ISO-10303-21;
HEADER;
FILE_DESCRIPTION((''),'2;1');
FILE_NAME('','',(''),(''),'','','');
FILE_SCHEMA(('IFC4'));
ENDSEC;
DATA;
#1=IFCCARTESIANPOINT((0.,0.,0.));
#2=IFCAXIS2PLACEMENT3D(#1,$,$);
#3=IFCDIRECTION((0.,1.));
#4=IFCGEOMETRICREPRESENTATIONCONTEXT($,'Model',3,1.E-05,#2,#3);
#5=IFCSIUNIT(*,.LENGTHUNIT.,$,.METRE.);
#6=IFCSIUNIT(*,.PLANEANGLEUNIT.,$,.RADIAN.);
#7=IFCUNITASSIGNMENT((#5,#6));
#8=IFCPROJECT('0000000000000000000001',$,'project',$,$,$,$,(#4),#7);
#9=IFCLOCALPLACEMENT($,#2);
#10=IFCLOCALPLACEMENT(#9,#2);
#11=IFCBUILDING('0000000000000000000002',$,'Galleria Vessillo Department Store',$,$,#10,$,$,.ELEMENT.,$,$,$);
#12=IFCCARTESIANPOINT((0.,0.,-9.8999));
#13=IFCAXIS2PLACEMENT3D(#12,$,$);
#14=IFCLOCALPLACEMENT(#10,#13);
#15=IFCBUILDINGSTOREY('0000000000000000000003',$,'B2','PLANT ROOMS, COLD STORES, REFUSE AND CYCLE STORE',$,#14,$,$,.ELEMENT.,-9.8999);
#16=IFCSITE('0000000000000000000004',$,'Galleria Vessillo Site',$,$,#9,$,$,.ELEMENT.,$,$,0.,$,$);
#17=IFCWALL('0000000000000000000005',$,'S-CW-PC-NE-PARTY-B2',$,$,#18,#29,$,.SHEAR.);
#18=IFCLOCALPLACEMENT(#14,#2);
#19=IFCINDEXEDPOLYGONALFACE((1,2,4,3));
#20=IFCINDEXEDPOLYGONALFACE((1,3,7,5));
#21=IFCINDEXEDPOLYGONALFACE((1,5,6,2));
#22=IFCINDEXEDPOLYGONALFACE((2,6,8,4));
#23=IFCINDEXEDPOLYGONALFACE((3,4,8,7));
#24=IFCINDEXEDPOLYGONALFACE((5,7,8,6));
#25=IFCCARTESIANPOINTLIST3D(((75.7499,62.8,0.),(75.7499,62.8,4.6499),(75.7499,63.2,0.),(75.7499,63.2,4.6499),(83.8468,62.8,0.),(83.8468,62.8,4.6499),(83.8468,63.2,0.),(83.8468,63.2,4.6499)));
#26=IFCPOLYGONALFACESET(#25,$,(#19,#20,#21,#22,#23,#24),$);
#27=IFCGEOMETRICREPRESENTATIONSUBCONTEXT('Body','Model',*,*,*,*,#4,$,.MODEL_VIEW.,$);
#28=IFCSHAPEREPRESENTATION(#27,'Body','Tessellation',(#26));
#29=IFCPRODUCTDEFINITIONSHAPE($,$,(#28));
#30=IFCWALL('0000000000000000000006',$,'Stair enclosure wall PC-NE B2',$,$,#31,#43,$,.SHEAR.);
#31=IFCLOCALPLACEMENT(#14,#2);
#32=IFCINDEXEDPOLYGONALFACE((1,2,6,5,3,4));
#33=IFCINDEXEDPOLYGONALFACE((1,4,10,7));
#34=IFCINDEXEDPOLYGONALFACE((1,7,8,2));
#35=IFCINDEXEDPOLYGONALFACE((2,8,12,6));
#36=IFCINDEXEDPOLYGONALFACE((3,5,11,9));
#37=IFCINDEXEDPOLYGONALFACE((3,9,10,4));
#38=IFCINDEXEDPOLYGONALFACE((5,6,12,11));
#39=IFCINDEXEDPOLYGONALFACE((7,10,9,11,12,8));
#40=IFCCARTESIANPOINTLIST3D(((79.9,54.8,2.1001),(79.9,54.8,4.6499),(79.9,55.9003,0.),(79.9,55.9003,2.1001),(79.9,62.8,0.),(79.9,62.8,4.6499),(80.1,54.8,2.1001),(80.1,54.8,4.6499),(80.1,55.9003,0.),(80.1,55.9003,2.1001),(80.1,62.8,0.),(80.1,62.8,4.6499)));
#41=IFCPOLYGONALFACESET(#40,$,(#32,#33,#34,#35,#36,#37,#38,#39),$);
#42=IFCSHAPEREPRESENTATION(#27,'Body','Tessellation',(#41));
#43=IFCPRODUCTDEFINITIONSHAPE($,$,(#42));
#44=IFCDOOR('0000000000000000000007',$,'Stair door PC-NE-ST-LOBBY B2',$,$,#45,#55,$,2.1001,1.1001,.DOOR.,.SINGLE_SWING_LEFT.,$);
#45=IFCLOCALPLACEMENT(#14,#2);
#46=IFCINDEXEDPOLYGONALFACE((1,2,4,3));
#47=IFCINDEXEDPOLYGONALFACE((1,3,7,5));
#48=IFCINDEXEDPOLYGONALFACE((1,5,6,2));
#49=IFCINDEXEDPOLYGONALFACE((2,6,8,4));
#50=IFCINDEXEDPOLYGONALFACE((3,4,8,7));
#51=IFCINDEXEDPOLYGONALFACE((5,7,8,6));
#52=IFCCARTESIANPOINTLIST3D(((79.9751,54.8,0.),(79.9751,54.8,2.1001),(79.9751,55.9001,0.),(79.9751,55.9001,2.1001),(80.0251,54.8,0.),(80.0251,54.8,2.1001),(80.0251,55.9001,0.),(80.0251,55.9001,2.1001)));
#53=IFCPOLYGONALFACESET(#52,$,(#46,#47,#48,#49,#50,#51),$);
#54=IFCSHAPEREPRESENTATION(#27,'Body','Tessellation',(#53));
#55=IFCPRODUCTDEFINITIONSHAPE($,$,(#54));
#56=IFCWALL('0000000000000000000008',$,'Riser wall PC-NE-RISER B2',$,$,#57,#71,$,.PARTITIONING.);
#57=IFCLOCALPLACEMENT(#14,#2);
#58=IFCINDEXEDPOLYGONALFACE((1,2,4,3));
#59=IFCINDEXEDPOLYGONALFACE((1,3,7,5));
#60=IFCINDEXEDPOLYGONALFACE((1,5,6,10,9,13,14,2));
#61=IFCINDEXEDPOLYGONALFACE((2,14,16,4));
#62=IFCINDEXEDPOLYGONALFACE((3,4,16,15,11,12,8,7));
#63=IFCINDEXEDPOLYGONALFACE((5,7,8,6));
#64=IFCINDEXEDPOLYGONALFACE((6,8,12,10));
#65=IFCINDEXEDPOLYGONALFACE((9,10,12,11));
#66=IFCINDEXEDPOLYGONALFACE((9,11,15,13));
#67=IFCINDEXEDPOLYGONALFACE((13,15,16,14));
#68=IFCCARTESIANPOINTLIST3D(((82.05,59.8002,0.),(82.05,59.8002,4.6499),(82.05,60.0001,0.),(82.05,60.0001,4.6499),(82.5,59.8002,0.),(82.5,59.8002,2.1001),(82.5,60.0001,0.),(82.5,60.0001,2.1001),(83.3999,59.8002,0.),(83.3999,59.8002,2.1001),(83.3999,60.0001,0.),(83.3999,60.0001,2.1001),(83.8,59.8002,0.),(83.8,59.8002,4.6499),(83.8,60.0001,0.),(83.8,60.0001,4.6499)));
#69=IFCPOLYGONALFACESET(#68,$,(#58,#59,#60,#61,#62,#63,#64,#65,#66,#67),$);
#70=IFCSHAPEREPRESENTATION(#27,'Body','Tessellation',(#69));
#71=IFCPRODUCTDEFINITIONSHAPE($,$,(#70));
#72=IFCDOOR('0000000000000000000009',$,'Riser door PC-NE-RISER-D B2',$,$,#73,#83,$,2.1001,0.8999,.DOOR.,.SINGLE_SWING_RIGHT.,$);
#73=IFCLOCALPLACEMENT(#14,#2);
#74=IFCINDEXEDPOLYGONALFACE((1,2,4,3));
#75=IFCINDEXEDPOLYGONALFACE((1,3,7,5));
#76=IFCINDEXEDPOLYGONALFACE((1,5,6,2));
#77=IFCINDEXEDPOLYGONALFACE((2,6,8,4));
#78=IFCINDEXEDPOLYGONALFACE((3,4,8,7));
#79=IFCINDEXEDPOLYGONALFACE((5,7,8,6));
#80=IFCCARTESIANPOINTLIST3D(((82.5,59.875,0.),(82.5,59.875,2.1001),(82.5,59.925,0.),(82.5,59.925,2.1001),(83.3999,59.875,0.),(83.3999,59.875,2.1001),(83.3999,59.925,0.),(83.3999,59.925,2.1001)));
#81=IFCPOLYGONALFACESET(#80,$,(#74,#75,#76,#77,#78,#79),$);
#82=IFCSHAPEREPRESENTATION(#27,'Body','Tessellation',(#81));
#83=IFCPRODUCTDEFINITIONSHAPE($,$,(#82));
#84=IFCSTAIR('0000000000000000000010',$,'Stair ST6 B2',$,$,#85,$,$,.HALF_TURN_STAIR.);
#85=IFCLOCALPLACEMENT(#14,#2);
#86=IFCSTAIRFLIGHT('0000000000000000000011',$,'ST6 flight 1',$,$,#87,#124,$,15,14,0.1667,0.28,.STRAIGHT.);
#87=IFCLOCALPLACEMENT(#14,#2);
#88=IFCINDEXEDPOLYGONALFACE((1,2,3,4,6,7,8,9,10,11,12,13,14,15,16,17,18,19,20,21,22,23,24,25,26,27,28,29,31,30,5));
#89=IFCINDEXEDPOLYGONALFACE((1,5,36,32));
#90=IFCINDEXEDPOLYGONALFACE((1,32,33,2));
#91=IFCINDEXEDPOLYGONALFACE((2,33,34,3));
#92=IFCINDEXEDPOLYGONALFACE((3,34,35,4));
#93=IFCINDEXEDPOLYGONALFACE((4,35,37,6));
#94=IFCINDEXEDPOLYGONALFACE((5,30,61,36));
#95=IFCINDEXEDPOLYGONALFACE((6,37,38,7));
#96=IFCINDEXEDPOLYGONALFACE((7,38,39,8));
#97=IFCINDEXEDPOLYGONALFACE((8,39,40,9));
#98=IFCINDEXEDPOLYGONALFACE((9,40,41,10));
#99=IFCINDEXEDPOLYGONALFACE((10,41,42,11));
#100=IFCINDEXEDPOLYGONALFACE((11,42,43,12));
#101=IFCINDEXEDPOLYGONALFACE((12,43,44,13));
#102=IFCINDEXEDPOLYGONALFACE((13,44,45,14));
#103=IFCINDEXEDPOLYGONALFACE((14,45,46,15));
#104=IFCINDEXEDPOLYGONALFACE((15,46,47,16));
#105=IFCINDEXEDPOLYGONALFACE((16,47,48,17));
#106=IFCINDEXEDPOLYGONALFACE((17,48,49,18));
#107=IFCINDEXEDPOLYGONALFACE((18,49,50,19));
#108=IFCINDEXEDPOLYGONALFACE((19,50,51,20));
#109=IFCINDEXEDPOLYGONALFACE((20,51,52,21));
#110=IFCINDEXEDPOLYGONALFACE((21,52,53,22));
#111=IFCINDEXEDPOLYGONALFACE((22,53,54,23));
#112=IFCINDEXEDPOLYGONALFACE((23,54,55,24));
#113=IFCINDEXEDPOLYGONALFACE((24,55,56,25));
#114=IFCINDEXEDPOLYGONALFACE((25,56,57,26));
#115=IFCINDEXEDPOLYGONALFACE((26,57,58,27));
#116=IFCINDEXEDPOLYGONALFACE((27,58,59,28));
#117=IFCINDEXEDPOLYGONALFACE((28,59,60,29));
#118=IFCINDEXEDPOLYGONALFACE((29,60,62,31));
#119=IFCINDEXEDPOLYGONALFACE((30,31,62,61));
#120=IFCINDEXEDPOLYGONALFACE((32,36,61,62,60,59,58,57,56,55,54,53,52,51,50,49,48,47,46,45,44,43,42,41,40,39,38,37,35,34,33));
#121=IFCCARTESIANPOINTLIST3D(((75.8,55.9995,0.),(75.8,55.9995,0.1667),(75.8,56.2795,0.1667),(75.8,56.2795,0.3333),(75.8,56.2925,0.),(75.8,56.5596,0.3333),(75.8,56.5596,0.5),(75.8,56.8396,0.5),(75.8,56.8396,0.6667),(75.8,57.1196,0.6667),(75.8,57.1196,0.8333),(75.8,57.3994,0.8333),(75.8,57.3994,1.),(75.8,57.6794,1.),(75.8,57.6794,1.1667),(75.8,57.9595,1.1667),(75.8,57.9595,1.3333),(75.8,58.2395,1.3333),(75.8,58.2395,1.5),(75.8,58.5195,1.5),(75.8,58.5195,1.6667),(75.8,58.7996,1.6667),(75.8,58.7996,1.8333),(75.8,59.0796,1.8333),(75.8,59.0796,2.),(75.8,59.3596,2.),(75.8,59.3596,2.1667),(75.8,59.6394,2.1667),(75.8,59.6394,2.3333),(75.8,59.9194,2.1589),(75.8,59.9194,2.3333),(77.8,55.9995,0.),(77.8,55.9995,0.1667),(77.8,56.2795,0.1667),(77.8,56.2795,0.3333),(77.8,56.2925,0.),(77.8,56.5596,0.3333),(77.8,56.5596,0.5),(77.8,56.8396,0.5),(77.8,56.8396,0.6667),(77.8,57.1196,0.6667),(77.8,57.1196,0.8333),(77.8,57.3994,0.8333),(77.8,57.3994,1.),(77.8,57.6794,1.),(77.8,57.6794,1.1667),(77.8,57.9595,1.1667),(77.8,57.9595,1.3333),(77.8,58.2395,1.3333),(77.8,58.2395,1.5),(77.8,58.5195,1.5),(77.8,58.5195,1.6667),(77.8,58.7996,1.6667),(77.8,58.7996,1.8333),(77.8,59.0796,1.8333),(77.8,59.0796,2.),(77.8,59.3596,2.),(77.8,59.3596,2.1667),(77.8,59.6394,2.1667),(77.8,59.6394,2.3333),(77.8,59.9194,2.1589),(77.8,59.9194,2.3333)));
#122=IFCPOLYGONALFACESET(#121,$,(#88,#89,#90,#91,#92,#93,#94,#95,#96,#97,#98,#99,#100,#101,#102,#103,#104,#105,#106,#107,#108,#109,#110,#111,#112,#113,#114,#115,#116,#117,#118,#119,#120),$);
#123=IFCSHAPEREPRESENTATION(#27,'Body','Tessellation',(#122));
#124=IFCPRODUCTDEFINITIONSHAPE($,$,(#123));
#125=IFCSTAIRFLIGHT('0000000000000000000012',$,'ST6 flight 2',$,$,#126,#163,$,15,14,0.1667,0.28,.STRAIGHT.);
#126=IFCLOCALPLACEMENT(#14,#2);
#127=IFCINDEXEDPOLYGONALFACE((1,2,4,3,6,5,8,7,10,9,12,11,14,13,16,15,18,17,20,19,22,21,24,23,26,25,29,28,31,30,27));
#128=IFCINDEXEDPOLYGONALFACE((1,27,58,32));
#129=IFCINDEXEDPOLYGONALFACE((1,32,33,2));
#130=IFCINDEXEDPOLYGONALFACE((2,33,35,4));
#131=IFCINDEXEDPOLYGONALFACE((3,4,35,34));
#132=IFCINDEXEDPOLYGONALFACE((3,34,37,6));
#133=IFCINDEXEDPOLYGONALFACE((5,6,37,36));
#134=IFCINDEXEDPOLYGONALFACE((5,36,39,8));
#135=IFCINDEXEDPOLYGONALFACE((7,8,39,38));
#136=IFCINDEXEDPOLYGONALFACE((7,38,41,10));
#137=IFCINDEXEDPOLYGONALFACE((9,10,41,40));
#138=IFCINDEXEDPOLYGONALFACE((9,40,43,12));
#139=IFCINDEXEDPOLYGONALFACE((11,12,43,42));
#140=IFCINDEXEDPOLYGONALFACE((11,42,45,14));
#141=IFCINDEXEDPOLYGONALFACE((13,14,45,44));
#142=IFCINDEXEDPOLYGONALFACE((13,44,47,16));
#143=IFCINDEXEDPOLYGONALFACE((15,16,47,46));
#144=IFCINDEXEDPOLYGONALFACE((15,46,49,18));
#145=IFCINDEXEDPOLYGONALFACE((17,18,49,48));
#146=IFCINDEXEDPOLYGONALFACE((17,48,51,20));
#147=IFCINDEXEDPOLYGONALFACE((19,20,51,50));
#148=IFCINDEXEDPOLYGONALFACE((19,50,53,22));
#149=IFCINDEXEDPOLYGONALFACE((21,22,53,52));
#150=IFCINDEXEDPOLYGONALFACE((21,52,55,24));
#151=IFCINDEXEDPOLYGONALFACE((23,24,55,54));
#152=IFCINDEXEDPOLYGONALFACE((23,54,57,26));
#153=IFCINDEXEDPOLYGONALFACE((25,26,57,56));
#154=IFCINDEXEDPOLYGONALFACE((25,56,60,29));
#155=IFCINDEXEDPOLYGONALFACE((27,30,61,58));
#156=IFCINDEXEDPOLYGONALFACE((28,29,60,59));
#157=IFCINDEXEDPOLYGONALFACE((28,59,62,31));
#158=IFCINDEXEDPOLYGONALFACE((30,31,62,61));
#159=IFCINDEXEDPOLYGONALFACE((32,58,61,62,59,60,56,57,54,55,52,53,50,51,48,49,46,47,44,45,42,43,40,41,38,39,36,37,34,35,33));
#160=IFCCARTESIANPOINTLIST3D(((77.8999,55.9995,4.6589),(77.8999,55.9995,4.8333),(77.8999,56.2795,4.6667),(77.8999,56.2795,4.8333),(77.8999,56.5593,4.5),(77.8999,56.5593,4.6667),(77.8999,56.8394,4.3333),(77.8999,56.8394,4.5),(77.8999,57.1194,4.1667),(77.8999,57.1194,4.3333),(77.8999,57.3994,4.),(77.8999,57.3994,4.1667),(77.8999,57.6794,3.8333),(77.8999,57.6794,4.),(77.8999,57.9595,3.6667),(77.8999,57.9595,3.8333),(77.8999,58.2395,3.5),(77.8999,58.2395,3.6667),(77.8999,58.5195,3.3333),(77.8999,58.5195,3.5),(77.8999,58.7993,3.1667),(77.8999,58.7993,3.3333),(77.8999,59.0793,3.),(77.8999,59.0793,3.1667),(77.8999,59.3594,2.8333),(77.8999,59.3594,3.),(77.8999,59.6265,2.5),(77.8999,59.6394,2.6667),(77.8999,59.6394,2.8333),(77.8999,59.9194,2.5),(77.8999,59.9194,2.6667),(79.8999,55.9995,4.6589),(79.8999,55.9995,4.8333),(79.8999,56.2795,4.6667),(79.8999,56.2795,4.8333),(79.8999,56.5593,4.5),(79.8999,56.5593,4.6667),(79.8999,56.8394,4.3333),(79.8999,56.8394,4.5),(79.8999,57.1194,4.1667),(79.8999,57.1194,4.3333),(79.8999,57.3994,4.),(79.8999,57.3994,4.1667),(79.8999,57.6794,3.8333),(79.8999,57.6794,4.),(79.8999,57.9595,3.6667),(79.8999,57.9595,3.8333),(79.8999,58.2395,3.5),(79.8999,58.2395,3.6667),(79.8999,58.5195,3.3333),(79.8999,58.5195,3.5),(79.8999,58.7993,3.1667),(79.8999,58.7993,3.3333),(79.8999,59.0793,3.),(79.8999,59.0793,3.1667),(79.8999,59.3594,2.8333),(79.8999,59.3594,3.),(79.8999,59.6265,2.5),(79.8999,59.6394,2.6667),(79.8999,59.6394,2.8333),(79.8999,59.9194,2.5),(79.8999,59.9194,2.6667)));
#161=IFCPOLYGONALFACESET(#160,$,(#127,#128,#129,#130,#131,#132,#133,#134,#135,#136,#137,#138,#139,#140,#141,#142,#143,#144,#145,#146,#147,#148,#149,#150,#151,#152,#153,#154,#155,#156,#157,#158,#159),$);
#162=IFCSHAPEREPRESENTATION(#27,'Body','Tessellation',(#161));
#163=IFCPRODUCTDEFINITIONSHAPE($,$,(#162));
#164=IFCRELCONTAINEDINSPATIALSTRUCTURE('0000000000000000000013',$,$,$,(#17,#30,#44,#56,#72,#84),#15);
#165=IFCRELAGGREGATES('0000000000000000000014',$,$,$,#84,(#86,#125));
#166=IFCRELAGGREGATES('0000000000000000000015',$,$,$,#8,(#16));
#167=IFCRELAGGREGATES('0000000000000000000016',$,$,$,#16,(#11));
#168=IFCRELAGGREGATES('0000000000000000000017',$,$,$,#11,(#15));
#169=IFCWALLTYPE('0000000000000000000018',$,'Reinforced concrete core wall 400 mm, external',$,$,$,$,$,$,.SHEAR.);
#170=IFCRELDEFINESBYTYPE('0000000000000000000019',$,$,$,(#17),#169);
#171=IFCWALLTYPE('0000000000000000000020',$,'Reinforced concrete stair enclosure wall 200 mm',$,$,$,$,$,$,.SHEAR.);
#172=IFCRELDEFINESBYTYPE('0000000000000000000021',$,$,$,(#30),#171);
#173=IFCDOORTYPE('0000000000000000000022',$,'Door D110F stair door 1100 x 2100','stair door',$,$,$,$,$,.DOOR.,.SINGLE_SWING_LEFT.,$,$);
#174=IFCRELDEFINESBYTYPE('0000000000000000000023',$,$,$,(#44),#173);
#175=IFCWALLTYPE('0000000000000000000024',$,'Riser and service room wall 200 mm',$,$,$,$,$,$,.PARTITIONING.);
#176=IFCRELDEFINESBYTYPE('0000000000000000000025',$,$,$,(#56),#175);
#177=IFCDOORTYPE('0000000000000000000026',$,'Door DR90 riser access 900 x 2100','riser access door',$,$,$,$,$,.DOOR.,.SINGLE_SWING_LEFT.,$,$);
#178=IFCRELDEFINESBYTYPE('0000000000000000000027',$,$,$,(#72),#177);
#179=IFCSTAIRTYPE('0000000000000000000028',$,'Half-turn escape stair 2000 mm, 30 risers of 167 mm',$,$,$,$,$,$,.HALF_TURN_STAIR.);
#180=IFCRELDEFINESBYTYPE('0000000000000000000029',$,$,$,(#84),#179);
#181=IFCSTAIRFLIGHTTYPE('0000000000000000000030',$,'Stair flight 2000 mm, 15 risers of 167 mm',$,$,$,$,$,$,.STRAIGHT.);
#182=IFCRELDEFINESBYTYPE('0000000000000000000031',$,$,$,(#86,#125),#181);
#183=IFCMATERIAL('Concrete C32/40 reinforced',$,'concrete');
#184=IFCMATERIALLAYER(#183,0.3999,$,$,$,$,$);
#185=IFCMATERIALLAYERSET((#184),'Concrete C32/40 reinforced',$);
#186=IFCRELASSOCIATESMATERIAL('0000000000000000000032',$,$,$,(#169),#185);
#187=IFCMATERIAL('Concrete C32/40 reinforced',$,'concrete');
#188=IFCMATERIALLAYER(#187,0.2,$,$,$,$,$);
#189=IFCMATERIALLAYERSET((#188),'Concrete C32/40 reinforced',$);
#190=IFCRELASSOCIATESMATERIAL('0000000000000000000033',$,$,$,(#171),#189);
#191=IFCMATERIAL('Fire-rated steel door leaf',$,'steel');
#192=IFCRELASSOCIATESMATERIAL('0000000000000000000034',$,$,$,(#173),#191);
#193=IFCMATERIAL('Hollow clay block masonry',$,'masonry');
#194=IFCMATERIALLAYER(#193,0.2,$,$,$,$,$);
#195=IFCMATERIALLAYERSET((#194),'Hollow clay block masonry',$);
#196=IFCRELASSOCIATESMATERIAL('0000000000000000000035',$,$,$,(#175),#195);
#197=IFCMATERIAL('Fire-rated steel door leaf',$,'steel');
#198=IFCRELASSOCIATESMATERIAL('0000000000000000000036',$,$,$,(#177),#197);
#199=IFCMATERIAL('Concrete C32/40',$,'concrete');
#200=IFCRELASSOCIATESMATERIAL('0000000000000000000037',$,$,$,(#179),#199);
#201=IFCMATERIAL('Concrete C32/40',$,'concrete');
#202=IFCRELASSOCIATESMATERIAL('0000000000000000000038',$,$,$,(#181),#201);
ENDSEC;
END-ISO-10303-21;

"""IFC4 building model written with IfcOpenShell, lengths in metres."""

from ifc_helpers import new_model, si_unit, direction, frame, frame_2d, origin, place, context, subcontext, project, spatial, polyline, rectangle, outline, extrude, material, layer, layer_set, type_object, element, fill, aggregate, save


model = new_model("IFC4")

# Units and contexts
model_context = context("Model", 3, precision=1e-05, world=origin(), true_north=direction((0.0, 1.0)))
body_context = subcontext(model_context, "Body", "Model", "MODEL_VIEW")
ifc_project = project(units=[si_unit("LENGTHUNIT", "METRE"), si_unit("PLANEANGLEUNIT", "RADIAN")], contexts=[model_context])

# Site, building, storey
site_placement = place(None, origin())
site = spatial("IfcSite", under=ifc_project, at=site_placement, Name="Galleria Vessillo Site", CompositionType="ELEMENT", RefElevation=0.0)
building_placement = place(site_placement, origin())
building = spatial("IfcBuilding", under=site, at=building_placement, Name="Galleria Vessillo Department Store", CompositionType="ELEMENT")
storey_placement = place(building_placement, frame((0.0, 0.0, -9.8999)))
storey = spatial("IfcBuildingStorey", under=building, at=storey_placement, Name="B2", Description="PLANT ROOMS, COLD STORES, REFUSE AND CYCLE STORE", CompositionType="ELEMENT", Elevation=-9.8999)

# Wall
ifc_material_1 = material(Name="Concrete C32/40 reinforced", Category="concrete")
ifc_layer_1 = layer(ifc_material_1, 0.3999)
ifc_layer_set_1 = layer_set([ifc_layer_1], Name="Concrete C32/40 reinforced")
wall_type_1 = type_object("IfcWallType", Name="Reinforced concrete core wall 400 mm, external", PredefinedType="SHEAR", material=ifc_layer_set_1)
wall_1_placement = place(storey_placement, frame((75.75, 63.0, 0.0), z_axis=(0.0, 0.0, 1.0), x_axis=(1.0, 0.0, 0.0)))
element("IfcWall", 1, at=wall_1_placement, inside=storey, type_object=wall_type_1, Name="S-CW-PC-NE-PARTY-B2", PredefinedType="SHEAR", context=body_context, shape_type="SweptSolid", body=[
    extrude(rectangle(XDim=8.0969, YDim=0.3999, at=frame_2d((4.0483, 0.0))), origin(), (0.0, 0.0, 1.0), 4.6499),
])

# Walls, openings, doors
ifc_material_2 = material(Name="Concrete C32/40 reinforced", Category="concrete")
ifc_layer_2 = layer(ifc_material_2, 0.2)
ifc_layer_set_2 = layer_set([ifc_layer_2], Name="Concrete C32/40 reinforced")
wall_type_2 = type_object("IfcWallType", Name="Reinforced concrete stair enclosure wall 200 mm", PredefinedType="SHEAR", material=ifc_layer_set_2)
wall_2_placement = place(storey_placement, frame((80.0, 62.8, 0.0), z_axis=(0.0, 0.0, 1.0), x_axis=(0.0, -1.0, 0.0)))
wall_2 = element("IfcWall", 2, at=wall_2_placement, inside=storey, type_object=wall_type_2, Name="Stair enclosure wall PC-NE B2", PredefinedType="SHEAR", context=body_context, shape_type="SweptSolid", body=[
    extrude(rectangle(XDim=8.0, YDim=0.2, at=frame_2d((4.0, 0.0))), origin(), (0.0, 0.0, 1.0), 4.6499),
])
opening_1_placement = place(wall_2_placement, frame((6.8999, 0.0, 0.0)))
opening_1 = element("IfcOpeningElement", 3, at=opening_1_placement, cuts=wall_2, PredefinedType="OPENING", context=body_context, shape_type="SweptSolid", body=[
    extrude(rectangle(XDim=1.1101, YDim=2.1001, at=frame_2d((0.5549, 1.05))), frame((0.0, 0.1099, 0.0), z_axis=(0.0, -1.0, 0.0), x_axis=(1.0, 0.0, 0.0)), (0.0, 0.0, 1.0), 0.22),
])
ifc_material_3 = material(Name="Fire-rated steel door leaf", Category="steel")
door_type_1 = type_object("IfcDoorType", Name="Door D110F stair door 1100 x 2100", Description="stair door", OperationType="SINGLE_SWING_LEFT", PredefinedType="DOOR", material=ifc_material_3)
door_1_placement = place(opening_1_placement, frame((1.1001, 0.0, 0.0), z_axis=(0.0, 0.0, 1.0), x_axis=(-1.0, 0.0, 0.0)))
door_1 = element("IfcDoor", 4, at=door_1_placement, inside=storey, type_object=door_type_1, Name="Stair door PC-NE-ST-LOBBY B2", OperationType="SINGLE_SWING_LEFT", OverallHeight=2.1001, OverallWidth=1.1001, PredefinedType="DOOR", context=body_context, shape_type="SweptSolid", body=[
    extrude(rectangle(XDim=1.1001, YDim=2.1001, at=frame_2d((0.55, 1.05))), frame((0.0, 0.0249, 0.0), z_axis=(0.0, -1.0, 0.0), x_axis=(1.0, 0.0, 0.0)), (0.0, 0.0, 1.0), 0.05),
])
fill(opening_1, door_1)
ifc_material_4 = material(Name="Hollow clay block masonry", Category="masonry")
ifc_layer_3 = layer(ifc_material_4, 0.2)
ifc_layer_set_3 = layer_set([ifc_layer_3], Name="Hollow clay block masonry")
wall_type_3 = type_object("IfcWallType", Name="Riser and service room wall 200 mm", PredefinedType="PARTITIONING", material=ifc_layer_set_3)
wall_3_placement = place(storey_placement, frame((82.05, 59.9001, 0.0), z_axis=(0.0, 0.0, 1.0), x_axis=(1.0, 0.0, 0.0)))
wall_3 = element("IfcWall", 5, at=wall_3_placement, inside=storey, type_object=wall_type_3, Name="Riser wall PC-NE-RISER B2", PredefinedType="PARTITIONING", context=body_context, shape_type="SweptSolid", body=[
    extrude(rectangle(XDim=1.75, YDim=0.2, at=frame_2d((0.875, 0.0))), origin(), (0.0, 0.0, 1.0), 4.6499),
])
opening_2_placement = place(wall_3_placement, frame((0.45, 0.0, 0.0)))
opening_2 = element("IfcOpeningElement", 6, at=opening_2_placement, cuts=wall_3, PredefinedType="OPENING", context=body_context, shape_type="SweptSolid", body=[
    extrude(rectangle(XDim=0.8999, YDim=2.1001, at=frame_2d((0.45, 1.05))), frame((0.0, 0.1099, 0.0), z_axis=(0.0, -1.0, 0.0), x_axis=(1.0, 0.0, 0.0)), (0.0, 0.0, 1.0), 0.22),
])
ifc_material_5 = material(Name="Fire-rated steel door leaf", Category="steel")
door_type_2 = type_object("IfcDoorType", Name="Door DR90 riser access 900 x 2100", Description="riser access door", OperationType="SINGLE_SWING_LEFT", PredefinedType="DOOR", material=ifc_material_5)
door_2_placement = place(opening_2_placement, origin())
door_2 = element("IfcDoor", 7, at=door_2_placement, inside=storey, type_object=door_type_2, Name="Riser door PC-NE-RISER-D B2", OperationType="SINGLE_SWING_RIGHT", OverallHeight=2.1001, OverallWidth=0.8999, PredefinedType="DOOR", context=body_context, shape_type="SweptSolid", body=[
    extrude(rectangle(XDim=0.8999, YDim=2.1001, at=frame_2d((0.45, 1.05))), frame((0.0, 0.0249, 0.0), z_axis=(0.0, -1.0, 0.0), x_axis=(1.0, 0.0, 0.0)), (0.0, 0.0, 1.0), 0.05),
])
fill(opening_2, door_2)

# Stair, stair flights
ifc_material_6 = material(Name="Concrete C32/40", Category="concrete")
stair_type = type_object("IfcStairType", Name="Half-turn escape stair 2000 mm, 30 risers of 167 mm", PredefinedType="HALF_TURN_STAIR", material=ifc_material_6)
stair_placement = place(storey_placement, origin())
stair = element("IfcStair", 8, at=stair_placement, inside=storey, type_object=stair_type, Name="Stair ST6 B2", PredefinedType="HALF_TURN_STAIR")
ifc_material_7 = material(Name="Concrete C32/40", Category="concrete")
stair_flight_type = type_object("IfcStairFlightType", Name="Stair flight 2000 mm, 15 risers of 167 mm", PredefinedType="STRAIGHT", material=ifc_material_7)
stair_flight_1_placement = place(storey_placement, frame((76.8, 55.9995, 0.0), z_axis=(0.0, 0.0, 1.0), x_axis=(0.0, 1.0, 0.0)))
stair_flight_1 = element("IfcStairFlight", 9, at=stair_flight_1_placement, type_object=stair_flight_type, Name="ST6 flight 1", NumberOfRisers=15, NumberOfTreads=14, PredefinedType="STRAIGHT", RiserHeight=0.1667, TreadLength=0.28, context=body_context, shape_type="SweptSolid", body=[
    extrude(outline(polyline([(0.0, 0.0), (0.0, 0.1667), (0.28, 0.1667), (0.28, 0.3333), (0.5601, 0.3333), (0.5601, 0.5), (0.8401, 0.5), (0.8401, 0.6667), (1.1201, 0.6667), (1.1201, 0.8333), (1.3999, 0.8333), (1.3999, 1.0), (1.6799, 1.0), (1.6799, 1.1667), (1.96, 1.1667), (1.96, 1.3333), (2.24, 1.3333), (2.24, 1.5), (2.52, 1.5), (2.52, 1.6667), (2.8, 1.6667), (2.8, 1.8333), (3.0801, 1.8333), (3.0801, 2.0), (3.3601, 2.0), (3.3601, 2.1667), (3.6399, 2.1667), (3.6399, 2.3333), (3.9199, 2.3333), (3.9199, 2.5), (3.9199, 2.1589), (0.293, 0.0), (0.0, 0.0)])), frame((0.0, 1.0, 0.0), z_axis=(0.0, -1.0, 0.0), x_axis=(1.0, 0.0, 0.0)), (0.0, 0.0, 1.0), 2.0),
])
stair_flight_2_placement = place(storey_placement, frame((78.8999, 59.9194, 2.5), z_axis=(0.0, 0.0, 1.0), x_axis=(0.0, -1.0, 0.0)))
stair_flight_2 = element("IfcStairFlight", 10, at=stair_flight_2_placement, type_object=stair_flight_type, Name="ST6 flight 2", NumberOfRisers=15, NumberOfTreads=14, PredefinedType="STRAIGHT", RiserHeight=0.1667, TreadLength=0.28, context=body_context, shape_type="SweptSolid", body=[
    extrude(outline(polyline([(0.0, 0.0), (0.0, 0.1667), (0.28, 0.1667), (0.28, 0.3333), (0.5601, 0.3333), (0.5601, 0.5), (0.8401, 0.5), (0.8401, 0.6667), (1.1201, 0.6667), (1.1201, 0.8333), (1.3999, 0.8333), (1.3999, 1.0), (1.6799, 1.0), (1.6799, 1.1667), (1.96, 1.1667), (1.96, 1.3333), (2.24, 1.3333), (2.24, 1.5), (2.52, 1.5), (2.52, 1.6667), (2.8, 1.6667), (2.8, 1.8333), (3.0801, 1.8333), (3.0801, 2.0), (3.3601, 2.0), (3.3601, 2.1667), (3.6399, 2.1667), (3.6399, 2.3333), (3.9199, 2.3333), (3.9199, 2.5), (3.9199, 2.1589), (0.293, 0.0), (0.0, 0.0)])), frame((0.0, 1.0, 0.0), z_axis=(0.0, -1.0, 0.0), x_axis=(1.0, 0.0, 0.0)), (0.0, 0.0, 1.0), 2.0),
])
aggregate(stair, [stair_flight_1, stair_flight_2])

save(model, "model.ifc")
